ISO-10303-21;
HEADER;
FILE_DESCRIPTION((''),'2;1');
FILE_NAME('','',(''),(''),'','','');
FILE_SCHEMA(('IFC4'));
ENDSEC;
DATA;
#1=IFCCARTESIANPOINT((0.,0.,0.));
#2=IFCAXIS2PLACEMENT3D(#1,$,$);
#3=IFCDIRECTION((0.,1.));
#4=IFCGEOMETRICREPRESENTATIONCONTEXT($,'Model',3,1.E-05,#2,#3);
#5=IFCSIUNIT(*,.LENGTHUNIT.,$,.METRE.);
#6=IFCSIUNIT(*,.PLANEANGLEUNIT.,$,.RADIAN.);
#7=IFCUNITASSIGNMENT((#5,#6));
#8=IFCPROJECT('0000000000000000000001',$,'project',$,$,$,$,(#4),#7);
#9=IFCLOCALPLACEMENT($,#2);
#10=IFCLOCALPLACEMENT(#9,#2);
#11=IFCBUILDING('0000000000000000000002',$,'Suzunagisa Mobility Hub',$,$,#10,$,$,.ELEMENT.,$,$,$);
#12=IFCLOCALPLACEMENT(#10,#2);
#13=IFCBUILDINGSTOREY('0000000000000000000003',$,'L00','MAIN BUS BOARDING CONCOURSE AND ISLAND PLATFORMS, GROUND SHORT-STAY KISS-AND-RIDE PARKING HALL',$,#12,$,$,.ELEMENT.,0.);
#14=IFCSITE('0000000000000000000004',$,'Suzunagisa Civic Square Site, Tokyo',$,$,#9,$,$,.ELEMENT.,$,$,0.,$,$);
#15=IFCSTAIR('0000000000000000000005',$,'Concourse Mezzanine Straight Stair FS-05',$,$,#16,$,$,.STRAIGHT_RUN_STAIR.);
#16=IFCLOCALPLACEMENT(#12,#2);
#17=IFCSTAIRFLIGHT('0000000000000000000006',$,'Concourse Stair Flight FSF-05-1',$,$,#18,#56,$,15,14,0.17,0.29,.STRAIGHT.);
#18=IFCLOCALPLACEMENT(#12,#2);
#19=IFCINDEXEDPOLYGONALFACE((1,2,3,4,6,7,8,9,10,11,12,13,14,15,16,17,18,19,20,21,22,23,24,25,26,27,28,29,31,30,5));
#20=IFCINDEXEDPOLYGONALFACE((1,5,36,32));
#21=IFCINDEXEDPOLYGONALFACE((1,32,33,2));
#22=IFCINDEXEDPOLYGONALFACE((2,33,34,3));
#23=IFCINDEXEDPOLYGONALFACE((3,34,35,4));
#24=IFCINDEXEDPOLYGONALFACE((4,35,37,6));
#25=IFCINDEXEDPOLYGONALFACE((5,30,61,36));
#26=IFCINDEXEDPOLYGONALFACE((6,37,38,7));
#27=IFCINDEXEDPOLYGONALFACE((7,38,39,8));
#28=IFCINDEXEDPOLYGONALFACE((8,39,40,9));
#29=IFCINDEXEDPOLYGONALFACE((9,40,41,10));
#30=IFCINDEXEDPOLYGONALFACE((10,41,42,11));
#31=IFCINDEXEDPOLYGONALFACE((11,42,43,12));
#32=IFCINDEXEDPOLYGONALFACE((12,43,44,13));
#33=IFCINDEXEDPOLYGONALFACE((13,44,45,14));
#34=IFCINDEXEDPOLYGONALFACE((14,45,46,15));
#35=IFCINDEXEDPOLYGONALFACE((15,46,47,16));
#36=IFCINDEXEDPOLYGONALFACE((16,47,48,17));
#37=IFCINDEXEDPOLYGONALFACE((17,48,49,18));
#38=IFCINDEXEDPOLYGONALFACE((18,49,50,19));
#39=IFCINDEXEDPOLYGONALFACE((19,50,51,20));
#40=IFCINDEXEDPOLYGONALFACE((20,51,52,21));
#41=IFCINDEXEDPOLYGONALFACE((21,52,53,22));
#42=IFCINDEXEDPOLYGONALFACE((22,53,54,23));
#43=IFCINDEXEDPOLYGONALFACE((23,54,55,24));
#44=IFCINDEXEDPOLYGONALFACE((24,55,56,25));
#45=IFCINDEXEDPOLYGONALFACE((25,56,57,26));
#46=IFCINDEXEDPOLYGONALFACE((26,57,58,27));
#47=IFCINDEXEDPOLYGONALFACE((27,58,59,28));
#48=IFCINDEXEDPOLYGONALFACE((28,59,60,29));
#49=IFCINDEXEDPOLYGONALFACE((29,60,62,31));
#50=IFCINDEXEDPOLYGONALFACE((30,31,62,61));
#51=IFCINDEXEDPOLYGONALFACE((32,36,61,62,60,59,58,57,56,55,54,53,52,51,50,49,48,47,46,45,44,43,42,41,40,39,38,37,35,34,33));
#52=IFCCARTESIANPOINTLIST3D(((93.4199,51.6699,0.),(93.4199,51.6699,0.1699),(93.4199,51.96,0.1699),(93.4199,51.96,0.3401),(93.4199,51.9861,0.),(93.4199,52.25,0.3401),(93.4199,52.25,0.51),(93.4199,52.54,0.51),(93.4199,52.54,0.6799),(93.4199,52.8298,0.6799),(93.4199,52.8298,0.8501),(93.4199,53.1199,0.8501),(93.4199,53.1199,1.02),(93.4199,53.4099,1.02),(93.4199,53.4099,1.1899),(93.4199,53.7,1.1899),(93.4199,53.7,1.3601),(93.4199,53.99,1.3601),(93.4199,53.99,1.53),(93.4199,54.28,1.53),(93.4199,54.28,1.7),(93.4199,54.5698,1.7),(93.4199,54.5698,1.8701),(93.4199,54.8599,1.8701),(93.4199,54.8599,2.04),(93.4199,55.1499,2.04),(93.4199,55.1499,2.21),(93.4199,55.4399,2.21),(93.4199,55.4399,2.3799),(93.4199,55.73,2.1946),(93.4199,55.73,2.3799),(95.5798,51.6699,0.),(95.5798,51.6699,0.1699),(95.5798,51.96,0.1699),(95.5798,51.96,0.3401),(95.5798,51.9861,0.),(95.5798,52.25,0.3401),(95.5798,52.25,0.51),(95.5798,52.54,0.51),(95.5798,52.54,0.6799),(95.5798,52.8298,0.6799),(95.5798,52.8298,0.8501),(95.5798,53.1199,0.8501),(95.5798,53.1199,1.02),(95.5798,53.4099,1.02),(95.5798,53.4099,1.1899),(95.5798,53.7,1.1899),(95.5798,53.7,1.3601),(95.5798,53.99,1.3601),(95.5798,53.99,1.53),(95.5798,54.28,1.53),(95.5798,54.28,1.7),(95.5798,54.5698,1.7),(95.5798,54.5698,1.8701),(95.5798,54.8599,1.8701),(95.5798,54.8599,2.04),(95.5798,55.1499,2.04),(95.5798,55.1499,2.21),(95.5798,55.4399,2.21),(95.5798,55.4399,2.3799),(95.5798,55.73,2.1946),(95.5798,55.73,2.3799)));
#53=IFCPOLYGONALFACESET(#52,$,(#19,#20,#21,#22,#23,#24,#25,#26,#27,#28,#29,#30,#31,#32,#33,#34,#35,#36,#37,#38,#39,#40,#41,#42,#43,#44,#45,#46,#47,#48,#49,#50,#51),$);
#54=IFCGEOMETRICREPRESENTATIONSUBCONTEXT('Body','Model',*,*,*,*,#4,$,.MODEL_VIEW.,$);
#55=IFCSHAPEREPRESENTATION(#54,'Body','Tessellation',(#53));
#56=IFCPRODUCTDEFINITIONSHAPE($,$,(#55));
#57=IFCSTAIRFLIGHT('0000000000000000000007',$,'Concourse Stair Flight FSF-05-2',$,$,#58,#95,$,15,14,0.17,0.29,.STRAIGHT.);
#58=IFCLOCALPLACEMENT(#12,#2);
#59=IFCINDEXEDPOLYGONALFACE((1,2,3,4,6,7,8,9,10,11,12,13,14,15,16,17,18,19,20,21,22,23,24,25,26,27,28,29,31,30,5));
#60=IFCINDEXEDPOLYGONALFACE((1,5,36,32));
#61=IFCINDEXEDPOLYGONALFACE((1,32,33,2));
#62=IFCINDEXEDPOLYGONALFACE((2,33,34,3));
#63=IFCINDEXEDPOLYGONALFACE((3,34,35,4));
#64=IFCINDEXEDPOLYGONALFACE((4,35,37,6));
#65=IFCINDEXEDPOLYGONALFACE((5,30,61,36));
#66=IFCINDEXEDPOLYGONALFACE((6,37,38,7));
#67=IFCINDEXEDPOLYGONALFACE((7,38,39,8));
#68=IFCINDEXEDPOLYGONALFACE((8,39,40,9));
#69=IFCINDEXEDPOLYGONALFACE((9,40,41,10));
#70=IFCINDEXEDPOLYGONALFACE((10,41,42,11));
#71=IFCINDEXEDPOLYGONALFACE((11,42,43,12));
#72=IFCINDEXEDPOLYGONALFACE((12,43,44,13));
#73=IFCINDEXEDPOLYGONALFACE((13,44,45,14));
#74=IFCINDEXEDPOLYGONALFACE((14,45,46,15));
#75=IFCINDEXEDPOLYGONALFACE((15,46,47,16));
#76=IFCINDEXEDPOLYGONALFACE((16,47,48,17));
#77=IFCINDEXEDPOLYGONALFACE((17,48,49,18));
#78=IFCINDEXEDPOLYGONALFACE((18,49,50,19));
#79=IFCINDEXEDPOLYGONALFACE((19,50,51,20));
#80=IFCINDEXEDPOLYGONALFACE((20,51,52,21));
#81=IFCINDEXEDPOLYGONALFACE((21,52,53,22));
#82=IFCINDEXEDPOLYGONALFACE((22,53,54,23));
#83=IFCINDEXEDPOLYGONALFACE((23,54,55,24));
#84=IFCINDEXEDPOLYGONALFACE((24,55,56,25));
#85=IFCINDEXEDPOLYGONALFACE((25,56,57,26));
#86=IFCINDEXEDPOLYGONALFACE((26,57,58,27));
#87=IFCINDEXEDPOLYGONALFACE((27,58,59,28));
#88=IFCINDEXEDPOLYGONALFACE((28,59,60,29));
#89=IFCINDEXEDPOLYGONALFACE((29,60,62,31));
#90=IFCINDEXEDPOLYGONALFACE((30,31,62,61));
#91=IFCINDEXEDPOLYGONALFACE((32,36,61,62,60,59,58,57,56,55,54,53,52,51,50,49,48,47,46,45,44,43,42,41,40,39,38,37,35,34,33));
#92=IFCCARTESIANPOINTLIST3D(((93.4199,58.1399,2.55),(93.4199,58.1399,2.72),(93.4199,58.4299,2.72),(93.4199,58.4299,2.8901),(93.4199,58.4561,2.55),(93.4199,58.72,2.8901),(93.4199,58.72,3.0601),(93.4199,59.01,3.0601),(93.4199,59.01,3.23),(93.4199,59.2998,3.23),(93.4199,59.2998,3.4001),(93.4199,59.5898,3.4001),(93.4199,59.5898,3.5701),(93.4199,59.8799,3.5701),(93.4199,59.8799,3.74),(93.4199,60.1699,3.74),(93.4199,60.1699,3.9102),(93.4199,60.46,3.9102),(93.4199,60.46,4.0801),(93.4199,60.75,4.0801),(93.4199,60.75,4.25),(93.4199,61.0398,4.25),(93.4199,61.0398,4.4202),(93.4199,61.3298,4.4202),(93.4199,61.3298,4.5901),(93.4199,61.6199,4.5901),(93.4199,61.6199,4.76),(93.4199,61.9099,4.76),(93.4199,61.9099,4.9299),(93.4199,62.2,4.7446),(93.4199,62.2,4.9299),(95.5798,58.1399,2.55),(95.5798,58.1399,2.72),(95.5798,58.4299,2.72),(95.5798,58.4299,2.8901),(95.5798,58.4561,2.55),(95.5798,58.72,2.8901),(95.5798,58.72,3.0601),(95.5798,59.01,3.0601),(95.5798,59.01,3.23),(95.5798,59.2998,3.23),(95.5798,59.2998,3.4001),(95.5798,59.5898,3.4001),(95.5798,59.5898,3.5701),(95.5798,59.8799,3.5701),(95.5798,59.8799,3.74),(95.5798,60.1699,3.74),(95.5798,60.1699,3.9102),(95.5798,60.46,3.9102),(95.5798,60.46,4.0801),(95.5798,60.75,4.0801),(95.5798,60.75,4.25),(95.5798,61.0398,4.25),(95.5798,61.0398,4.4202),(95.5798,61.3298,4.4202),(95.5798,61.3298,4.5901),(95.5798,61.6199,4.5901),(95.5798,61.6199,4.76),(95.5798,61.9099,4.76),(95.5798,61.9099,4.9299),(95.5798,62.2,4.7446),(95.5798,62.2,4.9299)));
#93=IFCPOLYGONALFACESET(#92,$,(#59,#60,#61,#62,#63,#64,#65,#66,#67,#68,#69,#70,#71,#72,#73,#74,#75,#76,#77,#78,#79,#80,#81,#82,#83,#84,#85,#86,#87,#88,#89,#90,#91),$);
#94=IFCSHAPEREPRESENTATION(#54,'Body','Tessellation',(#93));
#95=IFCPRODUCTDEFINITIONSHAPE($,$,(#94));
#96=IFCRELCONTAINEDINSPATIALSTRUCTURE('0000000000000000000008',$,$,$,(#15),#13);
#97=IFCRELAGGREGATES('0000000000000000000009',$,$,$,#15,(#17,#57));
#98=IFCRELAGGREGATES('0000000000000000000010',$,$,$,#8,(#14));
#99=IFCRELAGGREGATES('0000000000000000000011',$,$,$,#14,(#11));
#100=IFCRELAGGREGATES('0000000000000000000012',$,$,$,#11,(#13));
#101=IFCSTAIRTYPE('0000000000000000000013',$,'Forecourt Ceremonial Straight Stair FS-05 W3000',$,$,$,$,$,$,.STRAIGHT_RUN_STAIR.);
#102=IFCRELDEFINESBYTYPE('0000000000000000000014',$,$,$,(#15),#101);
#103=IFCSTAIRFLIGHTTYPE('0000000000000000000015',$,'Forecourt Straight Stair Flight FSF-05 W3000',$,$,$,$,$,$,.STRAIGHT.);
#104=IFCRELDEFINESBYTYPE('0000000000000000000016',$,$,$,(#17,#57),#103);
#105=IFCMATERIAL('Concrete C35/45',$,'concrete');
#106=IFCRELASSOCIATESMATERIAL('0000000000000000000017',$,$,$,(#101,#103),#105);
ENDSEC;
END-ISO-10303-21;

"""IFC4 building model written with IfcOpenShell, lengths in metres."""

from ifc_helpers import new_model, si_unit, direction, frame, origin, place, context, subcontext, project, spatial, polyline, outline, extrude, material, type_object, element, aggregate, save


model = new_model("IFC4")

# Units and contexts
model_context = context("Model", 3, precision=1e-05, world=origin(), true_north=direction((0.0, 1.0)))
body_context = subcontext(model_context, "Body", "Model", "MODEL_VIEW")
ifc_project = project(units=[si_unit("LENGTHUNIT", "METRE"), si_unit("PLANEANGLEUNIT", "RADIAN")], contexts=[model_context])

# Site, building, storey
site_placement = place(None, origin())
site = spatial("IfcSite", under=ifc_project, at=site_placement, Name="Suzunagisa Civic Square Site, Tokyo", CompositionType="ELEMENT", RefElevation=0.0)
building_placement = place(site_placement, origin())
building = spatial("IfcBuilding", under=site, at=building_placement, Name="Suzunagisa Mobility Hub", CompositionType="ELEMENT")
storey_placement = place(building_placement, origin())
storey = spatial("IfcBuildingStorey", under=building, at=storey_placement, Name="L00", Description="MAIN BUS BOARDING CONCOURSE AND ISLAND PLATFORMS, GROUND SHORT-STAY KISS-AND-RIDE PARKING HALL", CompositionType="ELEMENT", Elevation=0.0)

# Shared definitions
ifc_material_1 = material(Name="Concrete C35/45", Category="concrete")

# Stair, stair flights
stair_type_1 = type_object("IfcStairType", Name="Forecourt Ceremonial Straight Stair FS-05 W3000", PredefinedType="STRAIGHT_RUN_STAIR", material=ifc_material_1)
stair_1_placement = place(storey_placement, origin())
stair_1 = element("IfcStair", 1, at=stair_1_placement, inside=storey, type_object=stair_type_1, Name="Concourse Mezzanine Straight Stair FS-05", PredefinedType="STRAIGHT_RUN_STAIR")
stair_flight_type_1 = type_object("IfcStairFlightType", Name="Forecourt Straight Stair Flight FSF-05 W3000", PredefinedType="STRAIGHT", material=ifc_material_1)
stair_flight_1_placement = place(storey_placement, frame((94.5, 51.6699, 0.0), z_axis=(0.0, 0.0, 1.0), x_axis=(0.0, 1.0, 0.0)))
stair_flight_1 = element("IfcStairFlight", 2, at=stair_flight_1_placement, type_object=stair_flight_type_1, Name="Concourse Stair Flight FSF-05-1", NumberOfRisers=15, NumberOfTreads=14, PredefinedType="STRAIGHT", RiserHeight=0.17, TreadLength=0.29, context=body_context, shape_type="SweptSolid", body=[
    extrude(outline(polyline([(0.0, 0.0), (0.0, 0.1699), (0.29, 0.1699), (0.29, 0.3401), (0.5801, 0.3401), (0.5801, 0.51), (0.8701, 0.51), (0.8701, 0.6799), (1.1599, 0.6799), (1.1599, 0.8501), (1.45, 0.8501), (1.45, 1.02), (1.74, 1.02), (1.74, 1.1899), (2.03, 1.1899), (2.03, 1.3601), (2.3201, 1.3601), (2.3201, 1.53), (2.6101, 1.53), (2.6101, 1.7), (2.8999, 1.7), (2.8999, 1.8701), (3.1899, 1.8701), (3.1899, 2.04), (3.48, 2.04), (3.48, 2.21), (3.77, 2.21), (3.77, 2.3799), (4.0601, 2.3799), (4.0601, 2.55), (4.0601, 2.1946), (0.3162, 0.0), (0.0, 0.0)])), frame((0.0, 1.0801, 0.0), z_axis=(0.0, -1.0, 0.0), x_axis=(1.0, 0.0, 0.0)), (0.0, 0.0, 1.0), 2.1599),
])
stair_flight_2_placement = place(storey_placement, frame((94.5, 58.1399, 2.55), z_axis=(0.0, 0.0, 1.0), x_axis=(0.0, 1.0, 0.0)))
stair_flight_2 = element("IfcStairFlight", 3, at=stair_flight_2_placement, type_object=stair_flight_type_1, Name="Concourse Stair Flight FSF-05-2", NumberOfRisers=15, NumberOfTreads=14, PredefinedType="STRAIGHT", RiserHeight=0.17, TreadLength=0.29, context=body_context, shape_type="SweptSolid", body=[
    extrude(outline(polyline([(0.0, 0.0), (0.0, 0.1699), (0.29, 0.1699), (0.29, 0.3401), (0.5801, 0.3401), (0.5801, 0.51), (0.8701, 0.51), (0.8701, 0.6799), (1.1599, 0.6799), (1.1599, 0.8501), (1.45, 0.8501), (1.45, 1.02), (1.74, 1.02), (1.74, 1.1899), (2.03, 1.1899), (2.03, 1.3601), (2.3201, 1.3601), (2.3201, 1.53), (2.6101, 1.53), (2.6101, 1.7), (2.8999, 1.7), (2.8999, 1.8701), (3.1899, 1.8701), (3.1899, 2.04), (3.48, 2.04), (3.48, 2.21), (3.77, 2.21), (3.77, 2.3799), (4.0601, 2.3799), (4.0601, 2.55), (4.0601, 2.1946), (0.3162, 0.0), (0.0, 0.0)])), frame((0.0, 1.0801, 0.0), z_axis=(0.0, -1.0, 0.0), x_axis=(1.0, 0.0, 0.0)), (0.0, 0.0, 1.0), 2.1599),
])
aggregate(stair_1, [stair_flight_1, stair_flight_2])

save(model, "model.ifc")
